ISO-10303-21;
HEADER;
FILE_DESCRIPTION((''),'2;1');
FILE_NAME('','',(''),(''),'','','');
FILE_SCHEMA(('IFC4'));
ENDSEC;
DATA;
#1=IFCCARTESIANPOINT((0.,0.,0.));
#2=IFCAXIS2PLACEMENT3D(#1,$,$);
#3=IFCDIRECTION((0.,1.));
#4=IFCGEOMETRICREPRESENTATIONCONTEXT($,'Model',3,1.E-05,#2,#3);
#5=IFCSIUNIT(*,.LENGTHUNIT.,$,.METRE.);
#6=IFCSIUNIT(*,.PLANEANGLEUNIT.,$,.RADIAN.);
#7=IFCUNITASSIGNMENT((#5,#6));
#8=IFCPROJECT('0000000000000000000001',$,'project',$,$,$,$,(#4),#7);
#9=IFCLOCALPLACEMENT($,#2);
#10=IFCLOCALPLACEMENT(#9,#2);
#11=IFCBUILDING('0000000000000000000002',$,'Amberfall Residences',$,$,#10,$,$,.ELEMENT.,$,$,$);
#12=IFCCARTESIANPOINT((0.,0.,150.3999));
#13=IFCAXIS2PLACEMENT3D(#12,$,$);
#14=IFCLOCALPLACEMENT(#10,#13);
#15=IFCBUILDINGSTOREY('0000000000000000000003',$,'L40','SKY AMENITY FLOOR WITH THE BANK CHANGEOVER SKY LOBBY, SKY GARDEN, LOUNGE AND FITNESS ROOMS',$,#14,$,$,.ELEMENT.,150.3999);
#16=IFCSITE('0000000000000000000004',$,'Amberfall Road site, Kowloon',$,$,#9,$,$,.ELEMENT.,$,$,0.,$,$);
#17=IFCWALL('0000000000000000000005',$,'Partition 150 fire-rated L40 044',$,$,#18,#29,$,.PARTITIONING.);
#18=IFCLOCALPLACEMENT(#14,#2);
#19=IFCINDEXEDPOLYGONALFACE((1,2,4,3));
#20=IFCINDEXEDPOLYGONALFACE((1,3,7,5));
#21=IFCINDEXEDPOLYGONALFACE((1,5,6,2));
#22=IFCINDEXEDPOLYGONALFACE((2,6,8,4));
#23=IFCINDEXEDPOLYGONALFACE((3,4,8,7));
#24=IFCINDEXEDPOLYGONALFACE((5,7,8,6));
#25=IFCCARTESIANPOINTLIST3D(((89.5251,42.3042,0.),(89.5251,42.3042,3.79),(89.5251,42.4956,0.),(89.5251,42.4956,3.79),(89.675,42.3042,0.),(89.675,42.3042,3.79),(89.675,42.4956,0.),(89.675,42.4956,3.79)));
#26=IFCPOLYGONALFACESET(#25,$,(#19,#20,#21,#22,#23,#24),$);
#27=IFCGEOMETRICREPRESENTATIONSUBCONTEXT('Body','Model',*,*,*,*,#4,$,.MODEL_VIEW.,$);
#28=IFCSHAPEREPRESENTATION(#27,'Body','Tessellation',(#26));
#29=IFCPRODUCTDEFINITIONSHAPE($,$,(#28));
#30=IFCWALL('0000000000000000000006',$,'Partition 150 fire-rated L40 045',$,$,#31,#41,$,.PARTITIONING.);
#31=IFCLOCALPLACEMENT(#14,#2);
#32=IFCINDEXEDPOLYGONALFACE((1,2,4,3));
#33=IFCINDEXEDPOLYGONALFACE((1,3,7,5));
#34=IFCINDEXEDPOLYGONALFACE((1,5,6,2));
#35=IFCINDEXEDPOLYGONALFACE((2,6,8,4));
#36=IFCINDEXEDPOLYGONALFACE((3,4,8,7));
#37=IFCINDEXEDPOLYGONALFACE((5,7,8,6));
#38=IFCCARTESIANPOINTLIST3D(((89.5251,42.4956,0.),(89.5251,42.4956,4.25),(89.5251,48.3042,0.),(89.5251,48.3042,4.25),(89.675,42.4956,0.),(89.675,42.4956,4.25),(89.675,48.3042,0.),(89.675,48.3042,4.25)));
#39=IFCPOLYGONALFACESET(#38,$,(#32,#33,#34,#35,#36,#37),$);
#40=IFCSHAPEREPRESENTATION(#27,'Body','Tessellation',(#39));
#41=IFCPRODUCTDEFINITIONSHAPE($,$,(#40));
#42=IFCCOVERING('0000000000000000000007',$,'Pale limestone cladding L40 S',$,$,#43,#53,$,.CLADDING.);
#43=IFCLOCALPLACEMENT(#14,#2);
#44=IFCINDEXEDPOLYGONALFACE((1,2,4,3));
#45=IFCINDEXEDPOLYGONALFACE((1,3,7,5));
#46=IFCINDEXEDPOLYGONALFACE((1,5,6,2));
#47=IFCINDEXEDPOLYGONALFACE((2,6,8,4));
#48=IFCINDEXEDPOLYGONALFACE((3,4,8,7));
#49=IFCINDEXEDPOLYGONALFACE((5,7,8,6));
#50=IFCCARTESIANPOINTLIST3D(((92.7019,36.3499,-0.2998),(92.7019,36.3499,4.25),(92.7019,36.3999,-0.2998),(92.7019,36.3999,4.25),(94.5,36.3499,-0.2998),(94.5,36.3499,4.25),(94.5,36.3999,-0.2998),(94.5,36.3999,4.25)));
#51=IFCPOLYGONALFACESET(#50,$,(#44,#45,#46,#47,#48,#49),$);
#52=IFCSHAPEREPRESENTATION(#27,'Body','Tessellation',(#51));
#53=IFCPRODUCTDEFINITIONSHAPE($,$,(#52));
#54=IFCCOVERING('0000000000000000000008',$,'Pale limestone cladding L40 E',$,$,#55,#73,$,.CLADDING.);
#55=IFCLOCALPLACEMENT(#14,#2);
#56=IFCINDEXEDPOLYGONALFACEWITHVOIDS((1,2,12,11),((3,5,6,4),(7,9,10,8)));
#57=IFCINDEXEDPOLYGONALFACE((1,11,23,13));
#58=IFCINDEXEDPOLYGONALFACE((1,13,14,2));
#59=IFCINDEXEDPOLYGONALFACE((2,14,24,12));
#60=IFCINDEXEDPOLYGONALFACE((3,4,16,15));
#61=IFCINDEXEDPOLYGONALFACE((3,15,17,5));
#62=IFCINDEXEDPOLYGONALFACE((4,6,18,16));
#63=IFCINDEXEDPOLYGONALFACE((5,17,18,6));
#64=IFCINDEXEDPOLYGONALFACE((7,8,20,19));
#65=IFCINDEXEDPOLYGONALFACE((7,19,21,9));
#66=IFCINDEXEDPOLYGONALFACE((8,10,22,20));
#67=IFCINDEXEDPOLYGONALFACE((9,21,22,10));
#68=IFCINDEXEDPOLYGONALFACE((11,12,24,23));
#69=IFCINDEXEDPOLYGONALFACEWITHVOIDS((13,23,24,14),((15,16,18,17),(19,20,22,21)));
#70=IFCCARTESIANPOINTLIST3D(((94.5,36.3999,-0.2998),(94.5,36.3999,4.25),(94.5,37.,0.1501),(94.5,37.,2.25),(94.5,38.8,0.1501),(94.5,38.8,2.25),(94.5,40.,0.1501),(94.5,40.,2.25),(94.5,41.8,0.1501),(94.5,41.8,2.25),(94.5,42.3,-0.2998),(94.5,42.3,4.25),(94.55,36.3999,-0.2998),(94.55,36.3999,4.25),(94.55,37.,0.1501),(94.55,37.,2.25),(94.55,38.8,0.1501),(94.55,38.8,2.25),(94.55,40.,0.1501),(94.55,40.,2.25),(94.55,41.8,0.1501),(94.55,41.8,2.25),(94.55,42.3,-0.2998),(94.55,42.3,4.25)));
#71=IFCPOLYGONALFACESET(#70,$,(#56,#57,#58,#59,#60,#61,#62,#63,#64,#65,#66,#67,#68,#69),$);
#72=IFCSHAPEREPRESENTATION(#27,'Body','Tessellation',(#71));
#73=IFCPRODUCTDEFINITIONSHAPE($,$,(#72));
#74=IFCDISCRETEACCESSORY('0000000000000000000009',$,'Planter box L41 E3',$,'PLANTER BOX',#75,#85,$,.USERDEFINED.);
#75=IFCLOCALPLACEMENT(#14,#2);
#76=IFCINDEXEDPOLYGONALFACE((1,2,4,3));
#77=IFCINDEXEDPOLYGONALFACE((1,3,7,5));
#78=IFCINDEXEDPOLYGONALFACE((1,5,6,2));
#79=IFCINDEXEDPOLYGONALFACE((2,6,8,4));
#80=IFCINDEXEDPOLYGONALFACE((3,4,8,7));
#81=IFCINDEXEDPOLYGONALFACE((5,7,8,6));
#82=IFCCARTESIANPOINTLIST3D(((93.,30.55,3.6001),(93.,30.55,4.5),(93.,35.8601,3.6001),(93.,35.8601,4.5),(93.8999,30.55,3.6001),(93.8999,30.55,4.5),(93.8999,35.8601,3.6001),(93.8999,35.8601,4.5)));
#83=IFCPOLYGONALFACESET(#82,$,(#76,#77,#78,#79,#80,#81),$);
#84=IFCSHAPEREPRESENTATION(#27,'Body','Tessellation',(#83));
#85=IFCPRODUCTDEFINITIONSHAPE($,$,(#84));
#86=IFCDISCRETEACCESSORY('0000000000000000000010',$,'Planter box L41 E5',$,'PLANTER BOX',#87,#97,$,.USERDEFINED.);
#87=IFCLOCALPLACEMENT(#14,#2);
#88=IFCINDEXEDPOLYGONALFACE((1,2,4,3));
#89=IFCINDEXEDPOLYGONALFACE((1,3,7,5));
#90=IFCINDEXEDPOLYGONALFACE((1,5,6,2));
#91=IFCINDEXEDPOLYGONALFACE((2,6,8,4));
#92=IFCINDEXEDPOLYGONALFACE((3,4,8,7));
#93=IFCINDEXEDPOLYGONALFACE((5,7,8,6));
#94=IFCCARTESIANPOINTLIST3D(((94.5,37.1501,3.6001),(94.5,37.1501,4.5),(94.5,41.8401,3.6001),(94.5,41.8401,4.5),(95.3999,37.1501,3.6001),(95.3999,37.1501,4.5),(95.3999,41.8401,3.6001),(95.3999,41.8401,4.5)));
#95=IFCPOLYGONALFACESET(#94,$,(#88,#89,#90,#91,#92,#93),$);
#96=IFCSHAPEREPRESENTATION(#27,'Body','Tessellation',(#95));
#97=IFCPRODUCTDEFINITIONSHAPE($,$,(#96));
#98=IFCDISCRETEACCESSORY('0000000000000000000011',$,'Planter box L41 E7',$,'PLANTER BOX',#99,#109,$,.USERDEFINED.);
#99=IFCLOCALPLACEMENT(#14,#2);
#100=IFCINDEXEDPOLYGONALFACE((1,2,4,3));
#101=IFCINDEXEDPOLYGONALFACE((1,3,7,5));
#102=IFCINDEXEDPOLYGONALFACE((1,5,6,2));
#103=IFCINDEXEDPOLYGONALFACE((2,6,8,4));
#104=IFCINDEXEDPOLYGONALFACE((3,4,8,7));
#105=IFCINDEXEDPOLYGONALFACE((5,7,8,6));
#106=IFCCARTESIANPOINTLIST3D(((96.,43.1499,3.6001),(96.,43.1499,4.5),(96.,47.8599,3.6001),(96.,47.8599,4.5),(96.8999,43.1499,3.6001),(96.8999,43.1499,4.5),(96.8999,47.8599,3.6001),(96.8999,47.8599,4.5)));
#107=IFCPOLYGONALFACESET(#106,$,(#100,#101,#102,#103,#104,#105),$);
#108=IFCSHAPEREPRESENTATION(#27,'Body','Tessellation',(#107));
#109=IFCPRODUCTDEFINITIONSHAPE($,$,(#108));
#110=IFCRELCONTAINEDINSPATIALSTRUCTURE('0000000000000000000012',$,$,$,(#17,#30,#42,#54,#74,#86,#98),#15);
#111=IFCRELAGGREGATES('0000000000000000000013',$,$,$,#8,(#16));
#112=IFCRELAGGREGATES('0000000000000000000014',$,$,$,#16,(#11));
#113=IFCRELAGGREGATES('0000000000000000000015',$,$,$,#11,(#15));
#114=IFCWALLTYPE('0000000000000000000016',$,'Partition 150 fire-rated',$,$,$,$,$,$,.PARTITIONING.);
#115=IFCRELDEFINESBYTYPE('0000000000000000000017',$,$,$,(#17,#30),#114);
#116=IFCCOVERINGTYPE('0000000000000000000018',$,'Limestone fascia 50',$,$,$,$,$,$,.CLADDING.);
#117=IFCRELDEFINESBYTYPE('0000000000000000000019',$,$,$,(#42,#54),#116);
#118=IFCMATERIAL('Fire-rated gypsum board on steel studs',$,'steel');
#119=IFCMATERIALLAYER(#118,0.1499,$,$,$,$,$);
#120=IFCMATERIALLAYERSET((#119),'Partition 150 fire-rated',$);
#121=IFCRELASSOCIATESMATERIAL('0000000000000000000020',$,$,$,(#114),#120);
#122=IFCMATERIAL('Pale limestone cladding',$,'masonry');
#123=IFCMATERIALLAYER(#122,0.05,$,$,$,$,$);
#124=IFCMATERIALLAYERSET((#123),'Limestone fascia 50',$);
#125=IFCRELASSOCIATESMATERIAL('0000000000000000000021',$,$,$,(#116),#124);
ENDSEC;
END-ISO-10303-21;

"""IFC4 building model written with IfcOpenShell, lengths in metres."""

from ifc_helpers import new_model, si_unit, direction, frame, frame_2d, origin, origin_2d, place, context, subcontext, project, spatial, polyline, rectangle, outline, extrude, material, layer, layer_set, type_object, element, save


model = new_model("IFC4")

# Units and contexts
model_context = context("Model", 3, precision=1e-05, world=origin(), true_north=direction((0.0, 1.0)))
body_context = subcontext(model_context, "Body", "Model", "MODEL_VIEW")
ifc_project = project(units=[si_unit("LENGTHUNIT", "METRE"), si_unit("PLANEANGLEUNIT", "RADIAN")], contexts=[model_context])

# Site, building, storey
site_placement = place(None, origin())
site = spatial("IfcSite", under=ifc_project, at=site_placement, Name="Amberfall Road site, Kowloon", CompositionType="ELEMENT", RefElevation=0.0)
building_placement = place(site_placement, origin())
building = spatial("IfcBuilding", under=site, at=building_placement, Name="Amberfall Residences", CompositionType="ELEMENT")
storey_placement = place(building_placement, frame((0.0, 0.0, 150.3999)))
storey = spatial("IfcBuildingStorey", under=building, at=storey_placement, Name="L40", Description="SKY AMENITY FLOOR WITH THE BANK CHANGEOVER SKY LOBBY, SKY GARDEN, LOUNGE AND FITNESS ROOMS", CompositionType="ELEMENT", Elevation=150.3999)

# Shared definitions
ifc_material_1 = material(Name="Fire-rated gypsum board on steel studs", Category="steel")
ifc_layer_1 = layer(ifc_material_1, 0.1499)
ifc_layer_set_1 = layer_set([ifc_layer_1], Name="Partition 150 fire-rated")
wall_type_1 = type_object("IfcWallType", Name="Partition 150 fire-rated", PredefinedType="PARTITIONING", material=ifc_layer_set_1)

# Walls
wall_1_placement = place(storey_placement, frame((89.6001, 42.3042, 0.0), z_axis=(0.0, 0.0, 1.0), x_axis=(0.0, 1.0, 0.0)))
element("IfcWall", 1, at=wall_1_placement, inside=storey, type_object=wall_type_1, Name="Partition 150 fire-rated L40 044", PredefinedType="PARTITIONING", context=body_context, shape_type="SweptSolid", body=[
    extrude(rectangle(XDim=0.1914, YDim=0.1499, at=frame_2d((0.0957, 0.0))), origin(), (0.0, 0.0, 1.0), 3.79),
])
wall_2_placement = place(storey_placement, frame((89.6001, 42.4956, 0.0), z_axis=(0.0, 0.0, 1.0), x_axis=(0.0, 1.0, 0.0)))
element("IfcWall", 2, at=wall_2_placement, inside=storey, type_object=wall_type_1, Name="Partition 150 fire-rated L40 045", PredefinedType="PARTITIONING", context=body_context, shape_type="SweptSolid", body=[
    extrude(rectangle(XDim=5.8086, YDim=0.1499, at=frame_2d((2.9043, 0.0))), origin(), (0.0, 0.0, 1.0), 4.25),
])

# Coverings
ifc_material_2 = material(Name="Pale limestone cladding", Category="masonry")
ifc_layer_2 = layer(ifc_material_2, 0.05)
ifc_layer_set_2 = layer_set([ifc_layer_2], Name="Limestone fascia 50")
covering_type = type_object("IfcCoveringType", Name="Limestone fascia 50", PredefinedType="CLADDING", material=ifc_layer_set_2)
covering_1_placement = place(storey_placement, frame((92.7019, 36.3999, 4.25), z_axis=(0.0, 1.0, 0.0), x_axis=(1.0, 0.0, 0.0)))
element("IfcCovering", 3, at=covering_1_placement, inside=storey, type_object=covering_type, Name="Pale limestone cladding L40 S", PredefinedType="CLADDING", context=body_context, shape_type="SweptSolid", body=[
    extrude(outline(polyline([(0.0, 0.0), (1.7981, 0.0), (1.7981, 4.5498), (0.0, 4.5498), (0.0, 0.0)])), origin(), (0.0, 0.0, -1.0), 0.05),
])
covering_2_placement = place(storey_placement, frame((94.5, 36.3999, 4.25), z_axis=(-1.0, 0.0, 0.0), x_axis=(0.0, 1.0, 0.0)))
element("IfcCovering", 4, at=covering_2_placement, inside=storey, type_object=covering_type, Name="Pale limestone cladding L40 E", PredefinedType="CLADDING", context=body_context, shape_type="SweptSolid", body=[
    extrude(outline(polyline([(0.0, 0.0), (5.9001, 0.0), (5.9001, 4.5498), (0.0, 4.5498), (0.0, 0.0)]), holes=[polyline([(0.6001, 2.0), (2.4001, 2.0), (2.4001, 4.0999), (0.6001, 4.0999), (0.6001, 2.0)]), polyline([(3.6001, 2.0), (5.4001, 2.0), (5.4001, 4.0999), (3.6001, 4.0999), (3.6001, 2.0)])]), origin(), (0.0, 0.0, -1.0), 0.05),
])

# Discrete accessories
discrete_accessory_1_placement = place(storey_placement, frame((93.45, 33.2051, 3.6001), z_axis=(0.0, 0.0, 1.0), x_axis=(0.0, 1.0, 0.0)))
element("IfcDiscreteAccessory", 5, at=discrete_accessory_1_placement, inside=storey, Name="Planter box L41 E3", ObjectType="PLANTER BOX", PredefinedType="USERDEFINED", context=body_context, shape_type="SweptSolid", body=[
    extrude(rectangle(XDim=5.3101, YDim=0.8999, at=origin_2d()), origin(), (0.0, 0.0, 1.0), 0.8999),
])
discrete_accessory_2_placement = place(storey_placement, frame((94.95, 39.4951, 3.6001), z_axis=(0.0, 0.0, 1.0), x_axis=(0.0, 1.0, 0.0)))
element("IfcDiscreteAccessory", 6, at=discrete_accessory_2_placement, inside=storey, Name="Planter box L41 E5", ObjectType="PLANTER BOX", PredefinedType="USERDEFINED", context=body_context, shape_type="SweptSolid", body=[
    extrude(rectangle(XDim=4.6899, YDim=0.8999, at=origin_2d()), origin(), (0.0, 0.0, 1.0), 0.8999),
])
discrete_accessory_3_placement = place(storey_placement, frame((96.45, 45.5049, 3.6001), z_axis=(0.0, 0.0, 1.0), x_axis=(0.0, 1.0, 0.0)))
element("IfcDiscreteAccessory", 7, at=discrete_accessory_3_placement, inside=storey, Name="Planter box L41 E7", ObjectType="PLANTER BOX", PredefinedType="USERDEFINED", context=body_context, shape_type="SweptSolid", body=[
    extrude(rectangle(XDim=4.71, YDim=0.8999, at=origin_2d()), origin(), (0.0, 0.0, 1.0), 0.8999),
])

save(model, "model.ifc")
